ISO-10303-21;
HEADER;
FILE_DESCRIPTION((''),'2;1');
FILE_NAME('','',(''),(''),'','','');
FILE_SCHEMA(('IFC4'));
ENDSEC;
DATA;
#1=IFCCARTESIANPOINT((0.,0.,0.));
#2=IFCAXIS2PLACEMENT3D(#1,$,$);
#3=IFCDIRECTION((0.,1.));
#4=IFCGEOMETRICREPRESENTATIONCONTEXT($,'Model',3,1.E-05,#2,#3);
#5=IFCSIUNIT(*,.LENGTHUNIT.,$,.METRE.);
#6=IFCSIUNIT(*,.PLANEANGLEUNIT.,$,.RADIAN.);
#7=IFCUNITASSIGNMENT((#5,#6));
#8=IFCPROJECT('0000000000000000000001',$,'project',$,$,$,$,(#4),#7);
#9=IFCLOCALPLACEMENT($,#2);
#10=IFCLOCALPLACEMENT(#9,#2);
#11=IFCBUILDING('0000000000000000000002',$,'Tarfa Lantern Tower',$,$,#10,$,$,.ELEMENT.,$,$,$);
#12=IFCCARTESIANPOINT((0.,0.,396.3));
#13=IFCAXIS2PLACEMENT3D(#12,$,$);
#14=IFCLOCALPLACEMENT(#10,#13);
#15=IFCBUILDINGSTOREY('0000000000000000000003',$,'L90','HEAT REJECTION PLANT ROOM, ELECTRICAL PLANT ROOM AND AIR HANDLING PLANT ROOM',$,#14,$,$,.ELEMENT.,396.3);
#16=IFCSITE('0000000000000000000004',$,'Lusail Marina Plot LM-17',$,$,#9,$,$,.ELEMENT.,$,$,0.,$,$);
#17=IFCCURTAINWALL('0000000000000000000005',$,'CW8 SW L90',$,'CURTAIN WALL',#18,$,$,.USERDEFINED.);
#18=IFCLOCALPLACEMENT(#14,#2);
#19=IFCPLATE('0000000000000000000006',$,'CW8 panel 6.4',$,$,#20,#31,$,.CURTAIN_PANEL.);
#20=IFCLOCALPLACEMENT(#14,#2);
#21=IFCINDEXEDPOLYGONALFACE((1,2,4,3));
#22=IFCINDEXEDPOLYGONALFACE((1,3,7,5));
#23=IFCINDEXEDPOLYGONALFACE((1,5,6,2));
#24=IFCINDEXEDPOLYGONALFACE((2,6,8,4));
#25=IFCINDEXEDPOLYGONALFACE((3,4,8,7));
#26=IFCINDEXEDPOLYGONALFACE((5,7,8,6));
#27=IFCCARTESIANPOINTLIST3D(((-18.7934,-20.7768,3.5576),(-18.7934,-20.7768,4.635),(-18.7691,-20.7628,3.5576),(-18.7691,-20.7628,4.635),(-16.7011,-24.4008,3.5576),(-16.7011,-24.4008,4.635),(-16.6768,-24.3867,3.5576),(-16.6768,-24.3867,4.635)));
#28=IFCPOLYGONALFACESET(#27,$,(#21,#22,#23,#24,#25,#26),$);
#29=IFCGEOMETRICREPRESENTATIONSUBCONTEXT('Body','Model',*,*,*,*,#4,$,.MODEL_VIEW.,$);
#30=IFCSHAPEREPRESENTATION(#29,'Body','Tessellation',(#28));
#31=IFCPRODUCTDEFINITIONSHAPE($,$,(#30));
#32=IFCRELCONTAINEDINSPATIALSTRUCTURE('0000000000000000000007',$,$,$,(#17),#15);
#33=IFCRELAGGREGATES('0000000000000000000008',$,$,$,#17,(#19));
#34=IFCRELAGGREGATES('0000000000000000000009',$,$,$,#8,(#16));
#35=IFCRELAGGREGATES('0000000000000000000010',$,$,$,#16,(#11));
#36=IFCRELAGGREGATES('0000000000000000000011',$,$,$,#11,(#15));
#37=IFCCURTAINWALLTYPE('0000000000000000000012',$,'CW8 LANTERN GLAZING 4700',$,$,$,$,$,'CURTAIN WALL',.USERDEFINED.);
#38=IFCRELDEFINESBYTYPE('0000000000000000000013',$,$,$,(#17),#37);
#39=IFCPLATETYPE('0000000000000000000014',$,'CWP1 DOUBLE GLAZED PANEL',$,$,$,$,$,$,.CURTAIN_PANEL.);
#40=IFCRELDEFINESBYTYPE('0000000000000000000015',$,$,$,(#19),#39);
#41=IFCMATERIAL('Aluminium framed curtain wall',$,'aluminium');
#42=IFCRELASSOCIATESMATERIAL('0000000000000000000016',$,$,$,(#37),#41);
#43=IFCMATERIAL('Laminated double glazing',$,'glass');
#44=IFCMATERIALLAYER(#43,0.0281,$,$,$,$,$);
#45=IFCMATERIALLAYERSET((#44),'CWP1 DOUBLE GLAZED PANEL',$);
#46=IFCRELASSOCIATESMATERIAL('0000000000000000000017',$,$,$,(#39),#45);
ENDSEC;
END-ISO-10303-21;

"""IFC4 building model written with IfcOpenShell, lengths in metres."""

from ifc_helpers import new_model, si_unit, direction, frame, origin, origin_2d, place, context, subcontext, project, spatial, rectangle, extrude, material, layer, layer_set, type_object, element, aggregate, save


model = new_model("IFC4")

# Units and contexts
model_context = context("Model", 3, precision=1e-05, world=origin(), true_north=direction((0.0, 1.0)))
body_context = subcontext(model_context, "Body", "Model", "MODEL_VIEW")
ifc_project = project(units=[si_unit("LENGTHUNIT", "METRE"), si_unit("PLANEANGLEUNIT", "RADIAN")], contexts=[model_context])

# Site, building, storey
site_placement = place(None, origin())
site = spatial("IfcSite", under=ifc_project, at=site_placement, Name="Lusail Marina Plot LM-17", CompositionType="ELEMENT", RefElevation=0.0)
building_placement = place(site_placement, origin())
building = spatial("IfcBuilding", under=site, at=building_placement, Name="Tarfa Lantern Tower", CompositionType="ELEMENT")
storey_placement = place(building_placement, frame((0.0, 0.0, 396.3)))
storey = spatial("IfcBuildingStorey", under=building, at=storey_placement, Name="L90", Description="HEAT REJECTION PLANT ROOM, ELECTRICAL PLANT ROOM AND AIR HANDLING PLANT ROOM", CompositionType="ELEMENT", Elevation=396.3)

# Shared definitions
ifc_material_1 = material(Name="Aluminium framed curtain wall", Category="aluminium")
curtain_wall_type = type_object("IfcCurtainWallType", Name="CW8 LANTERN GLAZING 4700", ElementType="CURTAIN WALL", PredefinedType="USERDEFINED", material=ifc_material_1)

# Curtain wall
curtain_wall_1_placement = place(storey_placement, origin())
curtain_wall_1 = element("IfcCurtainWall", 1, at=curtain_wall_1_placement, inside=storey, type_object=curtain_wall_type, Name="CW8 SW L90", ObjectType="CURTAIN WALL", PredefinedType="USERDEFINED")

# Plate
ifc_material_2 = material(Name="Laminated double glazing", Category="glass")
ifc_layer = layer(ifc_material_2, 0.0281)
ifc_layer_set = layer_set([ifc_layer], Name="CWP1 DOUBLE GLAZED PANEL")
plate_type = type_object("IfcPlateType", Name="CWP1 DOUBLE GLAZED PANEL", PredefinedType="CURTAIN_PANEL", material=ifc_layer_set)
plate_1_placement = place(storey_placement, frame((-17.7351, -22.5818, 3.5576), z_axis=(0.0, 0.0, 1.0), x_axis=(0.5, -0.866025, 0.0)))
plate_1 = element("IfcPlate", 2, at=plate_1_placement, type_object=plate_type, Name="CW8 panel 6.4", PredefinedType="CURTAIN_PANEL", context=body_context, shape_type="SweptSolid", body=[
    extrude(rectangle(XDim=4.1846, YDim=0.0281, at=origin_2d()), origin(), (0.0, 0.0, 1.0), 1.0774),
])
aggregate(curtain_wall_1, [plate_1])

save(model, "model.ifc")
